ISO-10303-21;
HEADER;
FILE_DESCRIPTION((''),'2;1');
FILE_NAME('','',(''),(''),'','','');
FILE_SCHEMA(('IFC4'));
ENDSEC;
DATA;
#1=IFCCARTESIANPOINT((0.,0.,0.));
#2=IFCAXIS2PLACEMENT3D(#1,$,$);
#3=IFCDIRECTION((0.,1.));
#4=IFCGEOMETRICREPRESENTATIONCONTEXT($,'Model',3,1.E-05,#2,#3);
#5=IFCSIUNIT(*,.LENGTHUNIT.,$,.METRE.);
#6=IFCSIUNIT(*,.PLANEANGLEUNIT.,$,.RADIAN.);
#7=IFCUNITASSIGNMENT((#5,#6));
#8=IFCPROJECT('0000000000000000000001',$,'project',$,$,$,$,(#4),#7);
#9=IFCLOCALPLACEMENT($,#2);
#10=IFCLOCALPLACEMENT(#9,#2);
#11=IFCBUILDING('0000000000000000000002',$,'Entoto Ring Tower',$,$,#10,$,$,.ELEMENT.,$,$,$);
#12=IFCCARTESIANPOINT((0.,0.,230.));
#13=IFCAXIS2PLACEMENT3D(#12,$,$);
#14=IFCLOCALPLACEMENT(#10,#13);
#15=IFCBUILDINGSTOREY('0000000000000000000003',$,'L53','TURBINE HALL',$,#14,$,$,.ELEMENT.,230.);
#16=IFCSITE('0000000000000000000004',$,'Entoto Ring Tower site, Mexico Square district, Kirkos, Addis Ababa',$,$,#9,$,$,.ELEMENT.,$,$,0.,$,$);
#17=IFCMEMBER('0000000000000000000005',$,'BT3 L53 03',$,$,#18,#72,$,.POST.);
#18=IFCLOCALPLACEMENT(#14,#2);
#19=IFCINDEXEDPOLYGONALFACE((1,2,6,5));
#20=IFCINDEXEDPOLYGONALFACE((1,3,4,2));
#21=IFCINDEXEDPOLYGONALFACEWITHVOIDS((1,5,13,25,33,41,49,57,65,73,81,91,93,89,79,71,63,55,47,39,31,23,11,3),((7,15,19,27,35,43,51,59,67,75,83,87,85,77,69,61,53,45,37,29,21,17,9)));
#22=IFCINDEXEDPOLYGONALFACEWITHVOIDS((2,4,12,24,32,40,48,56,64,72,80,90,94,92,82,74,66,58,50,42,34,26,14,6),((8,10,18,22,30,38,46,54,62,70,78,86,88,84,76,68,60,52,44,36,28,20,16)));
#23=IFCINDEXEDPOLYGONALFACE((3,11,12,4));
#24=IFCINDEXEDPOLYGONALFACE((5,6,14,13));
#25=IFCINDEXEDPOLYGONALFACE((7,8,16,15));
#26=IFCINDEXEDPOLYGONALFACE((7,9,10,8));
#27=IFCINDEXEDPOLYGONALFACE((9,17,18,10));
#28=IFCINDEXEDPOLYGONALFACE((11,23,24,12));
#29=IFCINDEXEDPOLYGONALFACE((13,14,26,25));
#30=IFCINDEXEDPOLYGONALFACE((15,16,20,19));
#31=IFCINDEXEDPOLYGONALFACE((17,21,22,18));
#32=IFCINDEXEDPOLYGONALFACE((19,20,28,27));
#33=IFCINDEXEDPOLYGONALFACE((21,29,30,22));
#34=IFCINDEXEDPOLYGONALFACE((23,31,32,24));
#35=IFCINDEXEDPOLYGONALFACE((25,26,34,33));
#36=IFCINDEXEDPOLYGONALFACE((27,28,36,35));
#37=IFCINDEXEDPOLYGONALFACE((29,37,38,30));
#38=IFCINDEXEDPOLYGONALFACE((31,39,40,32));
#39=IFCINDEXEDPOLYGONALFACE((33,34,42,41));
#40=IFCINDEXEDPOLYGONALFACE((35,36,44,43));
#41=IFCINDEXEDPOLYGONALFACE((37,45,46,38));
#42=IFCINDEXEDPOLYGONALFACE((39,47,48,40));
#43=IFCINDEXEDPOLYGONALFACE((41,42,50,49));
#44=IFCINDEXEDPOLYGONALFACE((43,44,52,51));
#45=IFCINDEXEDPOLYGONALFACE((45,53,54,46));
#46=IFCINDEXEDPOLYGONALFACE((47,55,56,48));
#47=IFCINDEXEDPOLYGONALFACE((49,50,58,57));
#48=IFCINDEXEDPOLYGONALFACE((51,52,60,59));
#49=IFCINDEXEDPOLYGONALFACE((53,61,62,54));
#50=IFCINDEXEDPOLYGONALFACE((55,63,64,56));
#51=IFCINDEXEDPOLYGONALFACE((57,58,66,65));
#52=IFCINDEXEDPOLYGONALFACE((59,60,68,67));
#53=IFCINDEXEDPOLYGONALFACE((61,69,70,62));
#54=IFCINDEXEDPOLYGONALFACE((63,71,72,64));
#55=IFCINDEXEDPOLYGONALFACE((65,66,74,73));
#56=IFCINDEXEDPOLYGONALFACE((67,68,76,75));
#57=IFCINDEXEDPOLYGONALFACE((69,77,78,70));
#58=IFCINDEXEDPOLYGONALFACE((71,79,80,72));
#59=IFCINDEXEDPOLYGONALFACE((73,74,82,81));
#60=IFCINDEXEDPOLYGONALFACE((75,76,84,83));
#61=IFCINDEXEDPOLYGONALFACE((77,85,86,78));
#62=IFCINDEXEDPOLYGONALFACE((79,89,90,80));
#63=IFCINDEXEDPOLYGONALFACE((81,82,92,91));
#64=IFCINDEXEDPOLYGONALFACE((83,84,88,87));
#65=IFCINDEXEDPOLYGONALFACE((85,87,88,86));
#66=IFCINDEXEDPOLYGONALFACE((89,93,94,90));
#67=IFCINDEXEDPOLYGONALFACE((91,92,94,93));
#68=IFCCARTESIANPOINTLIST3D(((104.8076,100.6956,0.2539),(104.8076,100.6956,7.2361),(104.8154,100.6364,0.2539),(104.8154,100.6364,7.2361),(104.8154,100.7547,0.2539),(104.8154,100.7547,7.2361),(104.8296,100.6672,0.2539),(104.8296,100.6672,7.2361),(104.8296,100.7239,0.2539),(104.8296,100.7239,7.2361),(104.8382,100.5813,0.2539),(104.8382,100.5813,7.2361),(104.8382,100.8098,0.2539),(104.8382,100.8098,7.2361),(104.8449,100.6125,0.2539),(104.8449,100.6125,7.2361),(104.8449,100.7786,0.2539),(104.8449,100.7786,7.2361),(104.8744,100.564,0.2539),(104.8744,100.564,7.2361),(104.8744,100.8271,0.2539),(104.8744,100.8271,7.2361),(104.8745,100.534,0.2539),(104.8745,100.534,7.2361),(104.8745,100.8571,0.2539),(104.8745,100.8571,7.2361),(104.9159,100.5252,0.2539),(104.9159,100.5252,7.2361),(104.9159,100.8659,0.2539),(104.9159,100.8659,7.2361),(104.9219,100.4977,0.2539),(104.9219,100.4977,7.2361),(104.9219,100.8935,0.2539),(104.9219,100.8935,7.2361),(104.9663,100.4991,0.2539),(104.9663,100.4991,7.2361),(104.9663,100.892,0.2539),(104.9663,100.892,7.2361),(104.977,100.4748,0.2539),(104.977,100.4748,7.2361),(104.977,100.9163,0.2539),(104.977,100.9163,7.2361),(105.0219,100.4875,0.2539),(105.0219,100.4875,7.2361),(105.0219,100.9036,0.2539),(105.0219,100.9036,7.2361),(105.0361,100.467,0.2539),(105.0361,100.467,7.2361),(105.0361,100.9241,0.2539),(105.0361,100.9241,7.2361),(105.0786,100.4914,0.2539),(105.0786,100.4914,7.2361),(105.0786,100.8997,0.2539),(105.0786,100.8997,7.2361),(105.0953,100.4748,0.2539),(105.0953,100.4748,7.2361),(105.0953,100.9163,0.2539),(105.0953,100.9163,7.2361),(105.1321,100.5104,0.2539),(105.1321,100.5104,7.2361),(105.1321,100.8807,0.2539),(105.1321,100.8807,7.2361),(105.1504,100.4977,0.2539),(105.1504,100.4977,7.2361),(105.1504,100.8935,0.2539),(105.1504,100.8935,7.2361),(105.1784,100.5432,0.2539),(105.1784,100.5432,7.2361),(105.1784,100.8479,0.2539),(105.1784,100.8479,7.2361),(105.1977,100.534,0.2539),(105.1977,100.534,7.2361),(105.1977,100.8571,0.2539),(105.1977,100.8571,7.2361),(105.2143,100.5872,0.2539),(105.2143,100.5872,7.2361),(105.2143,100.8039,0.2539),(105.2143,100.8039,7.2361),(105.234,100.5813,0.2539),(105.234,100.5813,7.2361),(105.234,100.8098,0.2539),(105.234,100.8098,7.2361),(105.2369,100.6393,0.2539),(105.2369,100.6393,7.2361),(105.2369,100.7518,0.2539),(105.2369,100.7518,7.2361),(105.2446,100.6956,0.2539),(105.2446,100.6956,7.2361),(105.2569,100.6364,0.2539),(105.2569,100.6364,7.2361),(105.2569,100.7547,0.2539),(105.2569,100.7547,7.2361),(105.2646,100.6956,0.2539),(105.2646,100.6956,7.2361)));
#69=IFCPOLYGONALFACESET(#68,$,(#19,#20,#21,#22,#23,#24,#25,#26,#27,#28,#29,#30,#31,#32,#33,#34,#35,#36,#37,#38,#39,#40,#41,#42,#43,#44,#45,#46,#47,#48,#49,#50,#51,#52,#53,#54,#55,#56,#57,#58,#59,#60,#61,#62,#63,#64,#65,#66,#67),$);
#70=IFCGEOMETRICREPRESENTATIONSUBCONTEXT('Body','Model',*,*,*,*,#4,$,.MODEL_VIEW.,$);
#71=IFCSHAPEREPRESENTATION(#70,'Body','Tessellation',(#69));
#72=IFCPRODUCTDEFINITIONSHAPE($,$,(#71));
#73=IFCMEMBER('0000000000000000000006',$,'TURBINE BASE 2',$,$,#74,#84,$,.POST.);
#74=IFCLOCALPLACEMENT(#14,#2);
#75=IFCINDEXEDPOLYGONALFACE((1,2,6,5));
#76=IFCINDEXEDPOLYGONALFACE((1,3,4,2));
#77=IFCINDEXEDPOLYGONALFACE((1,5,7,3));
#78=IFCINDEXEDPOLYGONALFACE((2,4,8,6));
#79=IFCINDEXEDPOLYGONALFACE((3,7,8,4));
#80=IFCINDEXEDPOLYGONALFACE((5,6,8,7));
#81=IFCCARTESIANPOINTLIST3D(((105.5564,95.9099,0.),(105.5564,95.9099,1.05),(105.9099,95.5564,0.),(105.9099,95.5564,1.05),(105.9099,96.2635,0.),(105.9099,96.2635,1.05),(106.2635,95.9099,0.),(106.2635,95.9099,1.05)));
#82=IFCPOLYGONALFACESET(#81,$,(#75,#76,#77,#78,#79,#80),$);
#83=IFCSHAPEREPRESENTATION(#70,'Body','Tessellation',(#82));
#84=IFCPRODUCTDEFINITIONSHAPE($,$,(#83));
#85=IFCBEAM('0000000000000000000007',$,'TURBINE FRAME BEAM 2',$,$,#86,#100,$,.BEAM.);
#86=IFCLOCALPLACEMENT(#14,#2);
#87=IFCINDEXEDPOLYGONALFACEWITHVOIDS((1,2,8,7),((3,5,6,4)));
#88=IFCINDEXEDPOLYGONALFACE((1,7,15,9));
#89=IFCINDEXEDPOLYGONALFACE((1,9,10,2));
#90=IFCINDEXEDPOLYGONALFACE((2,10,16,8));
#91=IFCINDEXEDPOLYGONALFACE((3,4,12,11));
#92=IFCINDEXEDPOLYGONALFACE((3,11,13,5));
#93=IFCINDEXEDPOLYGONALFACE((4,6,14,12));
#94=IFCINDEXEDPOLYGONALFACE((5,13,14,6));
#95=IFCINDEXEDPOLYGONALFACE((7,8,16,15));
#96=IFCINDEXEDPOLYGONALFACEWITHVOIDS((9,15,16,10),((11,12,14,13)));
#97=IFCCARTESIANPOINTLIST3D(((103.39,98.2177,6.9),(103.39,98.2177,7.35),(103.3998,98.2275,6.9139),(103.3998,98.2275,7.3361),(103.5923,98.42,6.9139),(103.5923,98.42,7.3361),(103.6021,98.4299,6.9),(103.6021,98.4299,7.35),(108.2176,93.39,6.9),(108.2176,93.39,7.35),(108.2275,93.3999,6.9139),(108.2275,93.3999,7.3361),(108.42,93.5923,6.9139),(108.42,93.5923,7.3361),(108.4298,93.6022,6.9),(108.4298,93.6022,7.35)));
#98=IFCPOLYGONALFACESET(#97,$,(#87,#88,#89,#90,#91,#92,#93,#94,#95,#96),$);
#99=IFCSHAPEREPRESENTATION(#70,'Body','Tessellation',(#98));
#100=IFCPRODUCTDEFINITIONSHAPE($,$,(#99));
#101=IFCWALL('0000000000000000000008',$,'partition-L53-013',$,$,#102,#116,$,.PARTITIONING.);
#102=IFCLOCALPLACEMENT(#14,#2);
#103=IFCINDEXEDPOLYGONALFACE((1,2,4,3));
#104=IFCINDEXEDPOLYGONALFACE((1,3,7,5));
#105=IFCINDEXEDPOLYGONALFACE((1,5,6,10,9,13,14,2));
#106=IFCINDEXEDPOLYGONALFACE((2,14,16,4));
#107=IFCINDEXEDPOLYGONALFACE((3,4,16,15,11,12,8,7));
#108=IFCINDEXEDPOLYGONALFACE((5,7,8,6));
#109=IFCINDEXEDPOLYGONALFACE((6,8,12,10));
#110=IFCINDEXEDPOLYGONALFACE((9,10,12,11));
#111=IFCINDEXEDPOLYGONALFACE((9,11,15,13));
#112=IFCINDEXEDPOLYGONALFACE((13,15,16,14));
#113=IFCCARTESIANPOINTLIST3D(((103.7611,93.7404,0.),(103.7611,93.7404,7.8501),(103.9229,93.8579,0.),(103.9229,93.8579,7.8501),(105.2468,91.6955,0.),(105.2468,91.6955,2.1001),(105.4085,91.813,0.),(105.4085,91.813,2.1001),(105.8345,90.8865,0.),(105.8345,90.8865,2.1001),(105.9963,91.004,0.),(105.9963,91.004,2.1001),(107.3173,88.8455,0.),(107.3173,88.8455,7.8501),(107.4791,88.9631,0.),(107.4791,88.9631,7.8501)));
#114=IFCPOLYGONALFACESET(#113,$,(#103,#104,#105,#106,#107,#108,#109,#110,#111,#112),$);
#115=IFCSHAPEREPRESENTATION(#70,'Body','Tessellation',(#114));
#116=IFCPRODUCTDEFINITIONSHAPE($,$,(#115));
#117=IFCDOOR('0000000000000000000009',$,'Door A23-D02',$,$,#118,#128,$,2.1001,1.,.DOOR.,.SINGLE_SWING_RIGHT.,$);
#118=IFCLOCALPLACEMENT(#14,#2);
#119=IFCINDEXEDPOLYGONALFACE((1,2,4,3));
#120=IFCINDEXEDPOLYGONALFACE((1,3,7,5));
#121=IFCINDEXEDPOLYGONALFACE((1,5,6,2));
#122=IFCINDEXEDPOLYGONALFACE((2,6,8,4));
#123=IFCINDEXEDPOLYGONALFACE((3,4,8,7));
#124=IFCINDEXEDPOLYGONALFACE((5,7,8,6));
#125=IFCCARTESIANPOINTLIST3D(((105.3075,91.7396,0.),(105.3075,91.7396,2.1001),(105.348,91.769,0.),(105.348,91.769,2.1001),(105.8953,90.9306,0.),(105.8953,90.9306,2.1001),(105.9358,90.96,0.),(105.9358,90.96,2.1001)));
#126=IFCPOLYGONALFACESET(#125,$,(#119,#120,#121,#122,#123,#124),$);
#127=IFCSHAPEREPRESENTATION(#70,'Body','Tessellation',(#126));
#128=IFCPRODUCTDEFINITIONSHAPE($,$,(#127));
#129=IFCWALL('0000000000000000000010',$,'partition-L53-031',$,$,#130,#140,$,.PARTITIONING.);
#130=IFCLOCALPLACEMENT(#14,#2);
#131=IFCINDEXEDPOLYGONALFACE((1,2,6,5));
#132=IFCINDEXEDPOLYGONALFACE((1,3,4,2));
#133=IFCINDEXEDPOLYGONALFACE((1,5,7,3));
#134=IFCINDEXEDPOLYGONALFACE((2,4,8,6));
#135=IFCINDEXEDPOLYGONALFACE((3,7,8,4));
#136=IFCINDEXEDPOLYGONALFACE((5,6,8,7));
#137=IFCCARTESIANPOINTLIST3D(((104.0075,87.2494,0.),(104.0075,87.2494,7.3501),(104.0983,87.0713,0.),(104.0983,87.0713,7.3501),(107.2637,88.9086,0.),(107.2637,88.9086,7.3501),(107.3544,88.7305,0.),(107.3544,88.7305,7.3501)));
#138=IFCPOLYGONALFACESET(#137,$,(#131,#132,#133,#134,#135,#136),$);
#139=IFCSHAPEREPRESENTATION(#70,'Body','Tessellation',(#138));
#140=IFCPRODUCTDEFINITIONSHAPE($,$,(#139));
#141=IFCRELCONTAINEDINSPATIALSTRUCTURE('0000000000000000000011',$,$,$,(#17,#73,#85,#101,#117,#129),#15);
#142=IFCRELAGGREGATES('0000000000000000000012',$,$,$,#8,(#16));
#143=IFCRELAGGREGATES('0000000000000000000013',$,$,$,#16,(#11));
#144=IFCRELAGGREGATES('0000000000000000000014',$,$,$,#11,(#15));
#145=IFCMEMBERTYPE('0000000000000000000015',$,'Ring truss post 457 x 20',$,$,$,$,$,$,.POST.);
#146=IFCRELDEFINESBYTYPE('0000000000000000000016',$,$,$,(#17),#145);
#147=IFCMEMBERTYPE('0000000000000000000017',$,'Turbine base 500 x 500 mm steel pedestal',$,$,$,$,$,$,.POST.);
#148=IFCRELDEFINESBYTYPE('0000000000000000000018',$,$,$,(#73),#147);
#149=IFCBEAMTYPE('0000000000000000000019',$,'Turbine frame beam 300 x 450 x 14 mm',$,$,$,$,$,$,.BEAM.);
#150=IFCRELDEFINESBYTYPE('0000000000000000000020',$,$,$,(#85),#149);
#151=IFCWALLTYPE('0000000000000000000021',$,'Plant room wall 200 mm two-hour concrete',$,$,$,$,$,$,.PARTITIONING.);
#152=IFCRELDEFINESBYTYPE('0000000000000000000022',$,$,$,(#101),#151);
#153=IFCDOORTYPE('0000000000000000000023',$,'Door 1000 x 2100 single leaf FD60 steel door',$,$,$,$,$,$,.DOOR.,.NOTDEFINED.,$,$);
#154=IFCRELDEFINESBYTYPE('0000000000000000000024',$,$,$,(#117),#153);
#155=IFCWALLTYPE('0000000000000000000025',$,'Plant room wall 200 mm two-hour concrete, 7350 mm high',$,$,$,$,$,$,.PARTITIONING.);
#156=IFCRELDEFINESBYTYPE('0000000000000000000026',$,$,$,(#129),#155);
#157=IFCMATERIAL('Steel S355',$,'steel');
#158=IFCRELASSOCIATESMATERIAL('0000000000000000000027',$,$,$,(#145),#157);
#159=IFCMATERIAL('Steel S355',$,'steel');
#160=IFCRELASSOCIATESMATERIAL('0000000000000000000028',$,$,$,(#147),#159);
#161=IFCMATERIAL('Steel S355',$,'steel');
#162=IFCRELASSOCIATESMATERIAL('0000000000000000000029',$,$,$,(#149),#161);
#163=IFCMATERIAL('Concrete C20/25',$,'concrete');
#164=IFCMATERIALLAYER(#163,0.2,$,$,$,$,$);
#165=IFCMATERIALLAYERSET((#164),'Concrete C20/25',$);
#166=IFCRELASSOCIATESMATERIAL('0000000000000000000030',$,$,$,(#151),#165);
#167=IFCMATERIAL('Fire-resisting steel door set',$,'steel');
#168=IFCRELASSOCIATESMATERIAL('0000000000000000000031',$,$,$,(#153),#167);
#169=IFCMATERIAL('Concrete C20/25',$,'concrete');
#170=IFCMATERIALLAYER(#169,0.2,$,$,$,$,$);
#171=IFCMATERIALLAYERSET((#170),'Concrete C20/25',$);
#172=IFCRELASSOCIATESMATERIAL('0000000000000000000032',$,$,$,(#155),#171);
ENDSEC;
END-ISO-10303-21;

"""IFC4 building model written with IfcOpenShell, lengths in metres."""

from ifc_helpers import new_model, si_unit, direction, frame, frame_2d, origin, origin_2d, place, context, subcontext, project, spatial, rectangle, hollow_rectangle, circle, hollow_circle, extrude, material, layer, layer_set, material_profile, profile_set, type_object, element, fill, save


model = new_model("IFC4")

# Units and contexts
model_context = context("Model", 3, precision=1e-05, world=origin(), true_north=direction((0.0, 1.0)))
body_context = subcontext(model_context, "Body", "Model", "MODEL_VIEW")
ifc_project = project(units=[si_unit("LENGTHUNIT", "METRE"), si_unit("PLANEANGLEUNIT", "RADIAN")], contexts=[model_context])

# Site, building, storey
site_placement = place(None, origin())
site = spatial("IfcSite", under=ifc_project, at=site_placement, Name="Entoto Ring Tower site, Mexico Square district, Kirkos, Addis Ababa", CompositionType="ELEMENT", RefElevation=0.0)
building_placement = place(site_placement, origin())
building = spatial("IfcBuilding", under=site, at=building_placement, Name="Entoto Ring Tower", CompositionType="ELEMENT")
storey_placement = place(building_placement, frame((0.0, 0.0, 230.0)))
storey = spatial("IfcBuildingStorey", under=building, at=storey_placement, Name="L53", Description="TURBINE HALL", CompositionType="ELEMENT", Elevation=230.0)

# Members
ifc_material_1 = material(Name="Steel S355", Category="steel")
ifc_material_profile_1 = material_profile(ifc_material_1, hollow_circle(Radius=0.2285, WallThickness=0.02, at=origin_2d()), Name="CHS 457 x 20")
ifc_material_2 = material(Name="Concrete C60/75", Category="concrete")
ifc_material_profile_2 = material_profile(ifc_material_2, circle(Radius=0.2085, at=origin_2d()), Name="Concrete C60/75 infill")
ifc_profile_set_1 = profile_set([ifc_material_profile_1, ifc_material_profile_2], Name="Steel S355")
member_type_1 = type_object("IfcMemberType", Name="Ring truss post 457 x 20", PredefinedType="POST", material=ifc_profile_set_1)
for number, where, z_axis, x_axis, name in (
    (1, (105.0361, 100.6956, 0.2539), (0.0, 0.0, 1.0), (1.0, 0.0, 0.0), "BT3 L53 03"),
):
    element("IfcMember", number, at=place(storey_placement, frame(where, z_axis=z_axis, x_axis=x_axis)), inside=storey, type_object=member_type_1, Name=name, PredefinedType="POST", context=body_context, shape_type="SweptSolid", body=[
        extrude(hollow_circle(Radius=0.2285, WallThickness=0.02, at=origin_2d()), origin(), (0.0, 0.0, 1.0), 6.9822),
    ])
ifc_material_3 = material(Name="Steel S355", Category="steel")
ifc_material_profile_3 = material_profile(ifc_material_3, rectangle(XDim=0.5, YDim=0.5, at=origin_2d()), Name="Turbine base 500 x 500 mm steel pedestal")
ifc_profile_set_2 = profile_set([ifc_material_profile_3], Name="Steel S355")
member_type_2 = type_object("IfcMemberType", Name="Turbine base 500 x 500 mm steel pedestal", PredefinedType="POST", material=ifc_profile_set_2)
member_1_placement = place(storey_placement, frame((105.9099, 95.9099, 0.0), z_axis=(0.0, 0.0, 1.0), x_axis=(-0.707107, 0.707107, 0.0)))
element("IfcMember", 2, at=member_1_placement, inside=storey, type_object=member_type_2, Name="TURBINE BASE 2", PredefinedType="POST", context=body_context, shape_type="SweptSolid", body=[
    extrude(rectangle(XDim=0.5, YDim=0.5, at=origin_2d()), origin(), (0.0, 0.0, 1.0), 1.05),
])

# Beam
ifc_material_4 = material(Name="Steel S355", Category="steel")
ifc_material_profile_4 = material_profile(ifc_material_4, hollow_rectangle(XDim=0.3, YDim=0.45, WallThickness=0.0139, at=origin_2d()), Name="Turbine frame beam 300 x 450 x 14 mm")
ifc_profile_set_3 = profile_set([ifc_material_profile_4], Name="Steel S355")
beam_type_1 = type_object("IfcBeamType", Name="Turbine frame beam 300 x 450 x 14 mm", PredefinedType="BEAM", material=ifc_profile_set_3)
beam_placement = place(storey_placement, frame((108.3237, 93.4961, 7.125), z_axis=(-0.707107, 0.707107, 0.0), x_axis=(-0.707107, -0.707107, 0.0)))
element("IfcBeam", 3, at=beam_placement, inside=storey, type_object=beam_type_1, Name="TURBINE FRAME BEAM 2", PredefinedType="BEAM", context=body_context, shape_type="SweptSolid", body=[
    extrude(hollow_rectangle(XDim=0.3, YDim=0.45, WallThickness=0.0139, at=origin_2d()), origin(), (0.0, 0.0, 1.0), 6.8274),
])

# Wall, opening, door
ifc_material_5 = material(Name="Concrete C20/25", Category="concrete")
ifc_layer_1 = layer(ifc_material_5, 0.2)
ifc_layer_set_1 = layer_set([ifc_layer_1], Name="Concrete C20/25")
wall_type_1 = type_object("IfcWallType", Name="Plant room wall 200 mm two-hour concrete", PredefinedType="PARTITIONING", material=ifc_layer_set_1)
wall_1_placement = place(storey_placement, frame((107.3982, 88.9043, 0.0), z_axis=(0.0, 0.0, 1.0), x_axis=(-0.587773, 0.809026, 0.0)))
wall_1 = element("IfcWall", 4, at=wall_1_placement, inside=storey, type_object=wall_type_1, Name="partition-L53-013", PredefinedType="PARTITIONING", context=body_context, shape_type="SweptSolid", body=[
    extrude(rectangle(XDim=6.0503, YDim=0.2, at=frame_2d((3.0251, 0.0))), origin(), (0.0, 0.0, 1.0), 7.8501),
])
opening_placement = place(wall_1_placement, frame((2.5227, 0.0, 0.0)))
opening = element("IfcOpeningElement", 5, at=opening_placement, cuts=wall_1, PredefinedType="OPENING", context=body_context, shape_type="SweptSolid", body=[
    extrude(rectangle(XDim=1.0, YDim=2.1001, at=frame_2d((0.5, 1.05))), frame((0.0, 0.1099, 0.0), z_axis=(0.0, -1.0, 0.0), x_axis=(1.0, 0.0, 0.0)), (0.0, 0.0, 1.0), 0.22),
])
ifc_material_6 = material(Name="Fire-resisting steel door set", Category="steel")
door_type = type_object("IfcDoorType", Name="Door 1000 x 2100 single leaf FD60 steel door", OperationType="NOTDEFINED", PredefinedType="DOOR", material=ifc_material_6)
door_placement = place(opening_placement, origin())
door = element("IfcDoor", 6, at=door_placement, inside=storey, type_object=door_type, Name="Door A23-D02", OperationType="SINGLE_SWING_RIGHT", OverallHeight=2.1001, OverallWidth=1.0, PredefinedType="DOOR", context=body_context, shape_type="SweptSolid", body=[
    extrude(rectangle(XDim=1.0, YDim=2.1001, at=frame_2d((0.5, 1.05))), frame((0.0, 0.0249, 0.0), z_axis=(0.0, -1.0, 0.0), x_axis=(1.0, 0.0, 0.0)), (0.0, 0.0, 1.0), 0.05),
])
fill(opening, door)

# Wall
ifc_material_7 = material(Name="Concrete C20/25", Category="concrete")
ifc_layer_2 = layer(ifc_material_7, 0.2)
ifc_layer_set_2 = layer_set([ifc_layer_2], Name="Concrete C20/25")
wall_type_2 = type_object("IfcWallType", Name="Plant room wall 200 mm two-hour concrete, 7350 mm high", PredefinedType="PARTITIONING", material=ifc_layer_set_2)
wall_2_placement = place(storey_placement, frame((104.053, 87.1604, 0.0), z_axis=(0.0, 0.0, 1.0), x_axis=(0.890994, 0.454015, 0.0)))
element("IfcWall", 7, at=wall_2_placement, inside=storey, type_object=wall_type_2, Name="partition-L53-031", PredefinedType="PARTITIONING", context=body_context, shape_type="SweptSolid", body=[
    extrude(rectangle(XDim=3.6545, YDim=0.2, at=frame_2d((1.8271, 0.0))), origin(), (0.0, 0.0, 1.0), 7.3501),
])

save(model, "model.ifc")
